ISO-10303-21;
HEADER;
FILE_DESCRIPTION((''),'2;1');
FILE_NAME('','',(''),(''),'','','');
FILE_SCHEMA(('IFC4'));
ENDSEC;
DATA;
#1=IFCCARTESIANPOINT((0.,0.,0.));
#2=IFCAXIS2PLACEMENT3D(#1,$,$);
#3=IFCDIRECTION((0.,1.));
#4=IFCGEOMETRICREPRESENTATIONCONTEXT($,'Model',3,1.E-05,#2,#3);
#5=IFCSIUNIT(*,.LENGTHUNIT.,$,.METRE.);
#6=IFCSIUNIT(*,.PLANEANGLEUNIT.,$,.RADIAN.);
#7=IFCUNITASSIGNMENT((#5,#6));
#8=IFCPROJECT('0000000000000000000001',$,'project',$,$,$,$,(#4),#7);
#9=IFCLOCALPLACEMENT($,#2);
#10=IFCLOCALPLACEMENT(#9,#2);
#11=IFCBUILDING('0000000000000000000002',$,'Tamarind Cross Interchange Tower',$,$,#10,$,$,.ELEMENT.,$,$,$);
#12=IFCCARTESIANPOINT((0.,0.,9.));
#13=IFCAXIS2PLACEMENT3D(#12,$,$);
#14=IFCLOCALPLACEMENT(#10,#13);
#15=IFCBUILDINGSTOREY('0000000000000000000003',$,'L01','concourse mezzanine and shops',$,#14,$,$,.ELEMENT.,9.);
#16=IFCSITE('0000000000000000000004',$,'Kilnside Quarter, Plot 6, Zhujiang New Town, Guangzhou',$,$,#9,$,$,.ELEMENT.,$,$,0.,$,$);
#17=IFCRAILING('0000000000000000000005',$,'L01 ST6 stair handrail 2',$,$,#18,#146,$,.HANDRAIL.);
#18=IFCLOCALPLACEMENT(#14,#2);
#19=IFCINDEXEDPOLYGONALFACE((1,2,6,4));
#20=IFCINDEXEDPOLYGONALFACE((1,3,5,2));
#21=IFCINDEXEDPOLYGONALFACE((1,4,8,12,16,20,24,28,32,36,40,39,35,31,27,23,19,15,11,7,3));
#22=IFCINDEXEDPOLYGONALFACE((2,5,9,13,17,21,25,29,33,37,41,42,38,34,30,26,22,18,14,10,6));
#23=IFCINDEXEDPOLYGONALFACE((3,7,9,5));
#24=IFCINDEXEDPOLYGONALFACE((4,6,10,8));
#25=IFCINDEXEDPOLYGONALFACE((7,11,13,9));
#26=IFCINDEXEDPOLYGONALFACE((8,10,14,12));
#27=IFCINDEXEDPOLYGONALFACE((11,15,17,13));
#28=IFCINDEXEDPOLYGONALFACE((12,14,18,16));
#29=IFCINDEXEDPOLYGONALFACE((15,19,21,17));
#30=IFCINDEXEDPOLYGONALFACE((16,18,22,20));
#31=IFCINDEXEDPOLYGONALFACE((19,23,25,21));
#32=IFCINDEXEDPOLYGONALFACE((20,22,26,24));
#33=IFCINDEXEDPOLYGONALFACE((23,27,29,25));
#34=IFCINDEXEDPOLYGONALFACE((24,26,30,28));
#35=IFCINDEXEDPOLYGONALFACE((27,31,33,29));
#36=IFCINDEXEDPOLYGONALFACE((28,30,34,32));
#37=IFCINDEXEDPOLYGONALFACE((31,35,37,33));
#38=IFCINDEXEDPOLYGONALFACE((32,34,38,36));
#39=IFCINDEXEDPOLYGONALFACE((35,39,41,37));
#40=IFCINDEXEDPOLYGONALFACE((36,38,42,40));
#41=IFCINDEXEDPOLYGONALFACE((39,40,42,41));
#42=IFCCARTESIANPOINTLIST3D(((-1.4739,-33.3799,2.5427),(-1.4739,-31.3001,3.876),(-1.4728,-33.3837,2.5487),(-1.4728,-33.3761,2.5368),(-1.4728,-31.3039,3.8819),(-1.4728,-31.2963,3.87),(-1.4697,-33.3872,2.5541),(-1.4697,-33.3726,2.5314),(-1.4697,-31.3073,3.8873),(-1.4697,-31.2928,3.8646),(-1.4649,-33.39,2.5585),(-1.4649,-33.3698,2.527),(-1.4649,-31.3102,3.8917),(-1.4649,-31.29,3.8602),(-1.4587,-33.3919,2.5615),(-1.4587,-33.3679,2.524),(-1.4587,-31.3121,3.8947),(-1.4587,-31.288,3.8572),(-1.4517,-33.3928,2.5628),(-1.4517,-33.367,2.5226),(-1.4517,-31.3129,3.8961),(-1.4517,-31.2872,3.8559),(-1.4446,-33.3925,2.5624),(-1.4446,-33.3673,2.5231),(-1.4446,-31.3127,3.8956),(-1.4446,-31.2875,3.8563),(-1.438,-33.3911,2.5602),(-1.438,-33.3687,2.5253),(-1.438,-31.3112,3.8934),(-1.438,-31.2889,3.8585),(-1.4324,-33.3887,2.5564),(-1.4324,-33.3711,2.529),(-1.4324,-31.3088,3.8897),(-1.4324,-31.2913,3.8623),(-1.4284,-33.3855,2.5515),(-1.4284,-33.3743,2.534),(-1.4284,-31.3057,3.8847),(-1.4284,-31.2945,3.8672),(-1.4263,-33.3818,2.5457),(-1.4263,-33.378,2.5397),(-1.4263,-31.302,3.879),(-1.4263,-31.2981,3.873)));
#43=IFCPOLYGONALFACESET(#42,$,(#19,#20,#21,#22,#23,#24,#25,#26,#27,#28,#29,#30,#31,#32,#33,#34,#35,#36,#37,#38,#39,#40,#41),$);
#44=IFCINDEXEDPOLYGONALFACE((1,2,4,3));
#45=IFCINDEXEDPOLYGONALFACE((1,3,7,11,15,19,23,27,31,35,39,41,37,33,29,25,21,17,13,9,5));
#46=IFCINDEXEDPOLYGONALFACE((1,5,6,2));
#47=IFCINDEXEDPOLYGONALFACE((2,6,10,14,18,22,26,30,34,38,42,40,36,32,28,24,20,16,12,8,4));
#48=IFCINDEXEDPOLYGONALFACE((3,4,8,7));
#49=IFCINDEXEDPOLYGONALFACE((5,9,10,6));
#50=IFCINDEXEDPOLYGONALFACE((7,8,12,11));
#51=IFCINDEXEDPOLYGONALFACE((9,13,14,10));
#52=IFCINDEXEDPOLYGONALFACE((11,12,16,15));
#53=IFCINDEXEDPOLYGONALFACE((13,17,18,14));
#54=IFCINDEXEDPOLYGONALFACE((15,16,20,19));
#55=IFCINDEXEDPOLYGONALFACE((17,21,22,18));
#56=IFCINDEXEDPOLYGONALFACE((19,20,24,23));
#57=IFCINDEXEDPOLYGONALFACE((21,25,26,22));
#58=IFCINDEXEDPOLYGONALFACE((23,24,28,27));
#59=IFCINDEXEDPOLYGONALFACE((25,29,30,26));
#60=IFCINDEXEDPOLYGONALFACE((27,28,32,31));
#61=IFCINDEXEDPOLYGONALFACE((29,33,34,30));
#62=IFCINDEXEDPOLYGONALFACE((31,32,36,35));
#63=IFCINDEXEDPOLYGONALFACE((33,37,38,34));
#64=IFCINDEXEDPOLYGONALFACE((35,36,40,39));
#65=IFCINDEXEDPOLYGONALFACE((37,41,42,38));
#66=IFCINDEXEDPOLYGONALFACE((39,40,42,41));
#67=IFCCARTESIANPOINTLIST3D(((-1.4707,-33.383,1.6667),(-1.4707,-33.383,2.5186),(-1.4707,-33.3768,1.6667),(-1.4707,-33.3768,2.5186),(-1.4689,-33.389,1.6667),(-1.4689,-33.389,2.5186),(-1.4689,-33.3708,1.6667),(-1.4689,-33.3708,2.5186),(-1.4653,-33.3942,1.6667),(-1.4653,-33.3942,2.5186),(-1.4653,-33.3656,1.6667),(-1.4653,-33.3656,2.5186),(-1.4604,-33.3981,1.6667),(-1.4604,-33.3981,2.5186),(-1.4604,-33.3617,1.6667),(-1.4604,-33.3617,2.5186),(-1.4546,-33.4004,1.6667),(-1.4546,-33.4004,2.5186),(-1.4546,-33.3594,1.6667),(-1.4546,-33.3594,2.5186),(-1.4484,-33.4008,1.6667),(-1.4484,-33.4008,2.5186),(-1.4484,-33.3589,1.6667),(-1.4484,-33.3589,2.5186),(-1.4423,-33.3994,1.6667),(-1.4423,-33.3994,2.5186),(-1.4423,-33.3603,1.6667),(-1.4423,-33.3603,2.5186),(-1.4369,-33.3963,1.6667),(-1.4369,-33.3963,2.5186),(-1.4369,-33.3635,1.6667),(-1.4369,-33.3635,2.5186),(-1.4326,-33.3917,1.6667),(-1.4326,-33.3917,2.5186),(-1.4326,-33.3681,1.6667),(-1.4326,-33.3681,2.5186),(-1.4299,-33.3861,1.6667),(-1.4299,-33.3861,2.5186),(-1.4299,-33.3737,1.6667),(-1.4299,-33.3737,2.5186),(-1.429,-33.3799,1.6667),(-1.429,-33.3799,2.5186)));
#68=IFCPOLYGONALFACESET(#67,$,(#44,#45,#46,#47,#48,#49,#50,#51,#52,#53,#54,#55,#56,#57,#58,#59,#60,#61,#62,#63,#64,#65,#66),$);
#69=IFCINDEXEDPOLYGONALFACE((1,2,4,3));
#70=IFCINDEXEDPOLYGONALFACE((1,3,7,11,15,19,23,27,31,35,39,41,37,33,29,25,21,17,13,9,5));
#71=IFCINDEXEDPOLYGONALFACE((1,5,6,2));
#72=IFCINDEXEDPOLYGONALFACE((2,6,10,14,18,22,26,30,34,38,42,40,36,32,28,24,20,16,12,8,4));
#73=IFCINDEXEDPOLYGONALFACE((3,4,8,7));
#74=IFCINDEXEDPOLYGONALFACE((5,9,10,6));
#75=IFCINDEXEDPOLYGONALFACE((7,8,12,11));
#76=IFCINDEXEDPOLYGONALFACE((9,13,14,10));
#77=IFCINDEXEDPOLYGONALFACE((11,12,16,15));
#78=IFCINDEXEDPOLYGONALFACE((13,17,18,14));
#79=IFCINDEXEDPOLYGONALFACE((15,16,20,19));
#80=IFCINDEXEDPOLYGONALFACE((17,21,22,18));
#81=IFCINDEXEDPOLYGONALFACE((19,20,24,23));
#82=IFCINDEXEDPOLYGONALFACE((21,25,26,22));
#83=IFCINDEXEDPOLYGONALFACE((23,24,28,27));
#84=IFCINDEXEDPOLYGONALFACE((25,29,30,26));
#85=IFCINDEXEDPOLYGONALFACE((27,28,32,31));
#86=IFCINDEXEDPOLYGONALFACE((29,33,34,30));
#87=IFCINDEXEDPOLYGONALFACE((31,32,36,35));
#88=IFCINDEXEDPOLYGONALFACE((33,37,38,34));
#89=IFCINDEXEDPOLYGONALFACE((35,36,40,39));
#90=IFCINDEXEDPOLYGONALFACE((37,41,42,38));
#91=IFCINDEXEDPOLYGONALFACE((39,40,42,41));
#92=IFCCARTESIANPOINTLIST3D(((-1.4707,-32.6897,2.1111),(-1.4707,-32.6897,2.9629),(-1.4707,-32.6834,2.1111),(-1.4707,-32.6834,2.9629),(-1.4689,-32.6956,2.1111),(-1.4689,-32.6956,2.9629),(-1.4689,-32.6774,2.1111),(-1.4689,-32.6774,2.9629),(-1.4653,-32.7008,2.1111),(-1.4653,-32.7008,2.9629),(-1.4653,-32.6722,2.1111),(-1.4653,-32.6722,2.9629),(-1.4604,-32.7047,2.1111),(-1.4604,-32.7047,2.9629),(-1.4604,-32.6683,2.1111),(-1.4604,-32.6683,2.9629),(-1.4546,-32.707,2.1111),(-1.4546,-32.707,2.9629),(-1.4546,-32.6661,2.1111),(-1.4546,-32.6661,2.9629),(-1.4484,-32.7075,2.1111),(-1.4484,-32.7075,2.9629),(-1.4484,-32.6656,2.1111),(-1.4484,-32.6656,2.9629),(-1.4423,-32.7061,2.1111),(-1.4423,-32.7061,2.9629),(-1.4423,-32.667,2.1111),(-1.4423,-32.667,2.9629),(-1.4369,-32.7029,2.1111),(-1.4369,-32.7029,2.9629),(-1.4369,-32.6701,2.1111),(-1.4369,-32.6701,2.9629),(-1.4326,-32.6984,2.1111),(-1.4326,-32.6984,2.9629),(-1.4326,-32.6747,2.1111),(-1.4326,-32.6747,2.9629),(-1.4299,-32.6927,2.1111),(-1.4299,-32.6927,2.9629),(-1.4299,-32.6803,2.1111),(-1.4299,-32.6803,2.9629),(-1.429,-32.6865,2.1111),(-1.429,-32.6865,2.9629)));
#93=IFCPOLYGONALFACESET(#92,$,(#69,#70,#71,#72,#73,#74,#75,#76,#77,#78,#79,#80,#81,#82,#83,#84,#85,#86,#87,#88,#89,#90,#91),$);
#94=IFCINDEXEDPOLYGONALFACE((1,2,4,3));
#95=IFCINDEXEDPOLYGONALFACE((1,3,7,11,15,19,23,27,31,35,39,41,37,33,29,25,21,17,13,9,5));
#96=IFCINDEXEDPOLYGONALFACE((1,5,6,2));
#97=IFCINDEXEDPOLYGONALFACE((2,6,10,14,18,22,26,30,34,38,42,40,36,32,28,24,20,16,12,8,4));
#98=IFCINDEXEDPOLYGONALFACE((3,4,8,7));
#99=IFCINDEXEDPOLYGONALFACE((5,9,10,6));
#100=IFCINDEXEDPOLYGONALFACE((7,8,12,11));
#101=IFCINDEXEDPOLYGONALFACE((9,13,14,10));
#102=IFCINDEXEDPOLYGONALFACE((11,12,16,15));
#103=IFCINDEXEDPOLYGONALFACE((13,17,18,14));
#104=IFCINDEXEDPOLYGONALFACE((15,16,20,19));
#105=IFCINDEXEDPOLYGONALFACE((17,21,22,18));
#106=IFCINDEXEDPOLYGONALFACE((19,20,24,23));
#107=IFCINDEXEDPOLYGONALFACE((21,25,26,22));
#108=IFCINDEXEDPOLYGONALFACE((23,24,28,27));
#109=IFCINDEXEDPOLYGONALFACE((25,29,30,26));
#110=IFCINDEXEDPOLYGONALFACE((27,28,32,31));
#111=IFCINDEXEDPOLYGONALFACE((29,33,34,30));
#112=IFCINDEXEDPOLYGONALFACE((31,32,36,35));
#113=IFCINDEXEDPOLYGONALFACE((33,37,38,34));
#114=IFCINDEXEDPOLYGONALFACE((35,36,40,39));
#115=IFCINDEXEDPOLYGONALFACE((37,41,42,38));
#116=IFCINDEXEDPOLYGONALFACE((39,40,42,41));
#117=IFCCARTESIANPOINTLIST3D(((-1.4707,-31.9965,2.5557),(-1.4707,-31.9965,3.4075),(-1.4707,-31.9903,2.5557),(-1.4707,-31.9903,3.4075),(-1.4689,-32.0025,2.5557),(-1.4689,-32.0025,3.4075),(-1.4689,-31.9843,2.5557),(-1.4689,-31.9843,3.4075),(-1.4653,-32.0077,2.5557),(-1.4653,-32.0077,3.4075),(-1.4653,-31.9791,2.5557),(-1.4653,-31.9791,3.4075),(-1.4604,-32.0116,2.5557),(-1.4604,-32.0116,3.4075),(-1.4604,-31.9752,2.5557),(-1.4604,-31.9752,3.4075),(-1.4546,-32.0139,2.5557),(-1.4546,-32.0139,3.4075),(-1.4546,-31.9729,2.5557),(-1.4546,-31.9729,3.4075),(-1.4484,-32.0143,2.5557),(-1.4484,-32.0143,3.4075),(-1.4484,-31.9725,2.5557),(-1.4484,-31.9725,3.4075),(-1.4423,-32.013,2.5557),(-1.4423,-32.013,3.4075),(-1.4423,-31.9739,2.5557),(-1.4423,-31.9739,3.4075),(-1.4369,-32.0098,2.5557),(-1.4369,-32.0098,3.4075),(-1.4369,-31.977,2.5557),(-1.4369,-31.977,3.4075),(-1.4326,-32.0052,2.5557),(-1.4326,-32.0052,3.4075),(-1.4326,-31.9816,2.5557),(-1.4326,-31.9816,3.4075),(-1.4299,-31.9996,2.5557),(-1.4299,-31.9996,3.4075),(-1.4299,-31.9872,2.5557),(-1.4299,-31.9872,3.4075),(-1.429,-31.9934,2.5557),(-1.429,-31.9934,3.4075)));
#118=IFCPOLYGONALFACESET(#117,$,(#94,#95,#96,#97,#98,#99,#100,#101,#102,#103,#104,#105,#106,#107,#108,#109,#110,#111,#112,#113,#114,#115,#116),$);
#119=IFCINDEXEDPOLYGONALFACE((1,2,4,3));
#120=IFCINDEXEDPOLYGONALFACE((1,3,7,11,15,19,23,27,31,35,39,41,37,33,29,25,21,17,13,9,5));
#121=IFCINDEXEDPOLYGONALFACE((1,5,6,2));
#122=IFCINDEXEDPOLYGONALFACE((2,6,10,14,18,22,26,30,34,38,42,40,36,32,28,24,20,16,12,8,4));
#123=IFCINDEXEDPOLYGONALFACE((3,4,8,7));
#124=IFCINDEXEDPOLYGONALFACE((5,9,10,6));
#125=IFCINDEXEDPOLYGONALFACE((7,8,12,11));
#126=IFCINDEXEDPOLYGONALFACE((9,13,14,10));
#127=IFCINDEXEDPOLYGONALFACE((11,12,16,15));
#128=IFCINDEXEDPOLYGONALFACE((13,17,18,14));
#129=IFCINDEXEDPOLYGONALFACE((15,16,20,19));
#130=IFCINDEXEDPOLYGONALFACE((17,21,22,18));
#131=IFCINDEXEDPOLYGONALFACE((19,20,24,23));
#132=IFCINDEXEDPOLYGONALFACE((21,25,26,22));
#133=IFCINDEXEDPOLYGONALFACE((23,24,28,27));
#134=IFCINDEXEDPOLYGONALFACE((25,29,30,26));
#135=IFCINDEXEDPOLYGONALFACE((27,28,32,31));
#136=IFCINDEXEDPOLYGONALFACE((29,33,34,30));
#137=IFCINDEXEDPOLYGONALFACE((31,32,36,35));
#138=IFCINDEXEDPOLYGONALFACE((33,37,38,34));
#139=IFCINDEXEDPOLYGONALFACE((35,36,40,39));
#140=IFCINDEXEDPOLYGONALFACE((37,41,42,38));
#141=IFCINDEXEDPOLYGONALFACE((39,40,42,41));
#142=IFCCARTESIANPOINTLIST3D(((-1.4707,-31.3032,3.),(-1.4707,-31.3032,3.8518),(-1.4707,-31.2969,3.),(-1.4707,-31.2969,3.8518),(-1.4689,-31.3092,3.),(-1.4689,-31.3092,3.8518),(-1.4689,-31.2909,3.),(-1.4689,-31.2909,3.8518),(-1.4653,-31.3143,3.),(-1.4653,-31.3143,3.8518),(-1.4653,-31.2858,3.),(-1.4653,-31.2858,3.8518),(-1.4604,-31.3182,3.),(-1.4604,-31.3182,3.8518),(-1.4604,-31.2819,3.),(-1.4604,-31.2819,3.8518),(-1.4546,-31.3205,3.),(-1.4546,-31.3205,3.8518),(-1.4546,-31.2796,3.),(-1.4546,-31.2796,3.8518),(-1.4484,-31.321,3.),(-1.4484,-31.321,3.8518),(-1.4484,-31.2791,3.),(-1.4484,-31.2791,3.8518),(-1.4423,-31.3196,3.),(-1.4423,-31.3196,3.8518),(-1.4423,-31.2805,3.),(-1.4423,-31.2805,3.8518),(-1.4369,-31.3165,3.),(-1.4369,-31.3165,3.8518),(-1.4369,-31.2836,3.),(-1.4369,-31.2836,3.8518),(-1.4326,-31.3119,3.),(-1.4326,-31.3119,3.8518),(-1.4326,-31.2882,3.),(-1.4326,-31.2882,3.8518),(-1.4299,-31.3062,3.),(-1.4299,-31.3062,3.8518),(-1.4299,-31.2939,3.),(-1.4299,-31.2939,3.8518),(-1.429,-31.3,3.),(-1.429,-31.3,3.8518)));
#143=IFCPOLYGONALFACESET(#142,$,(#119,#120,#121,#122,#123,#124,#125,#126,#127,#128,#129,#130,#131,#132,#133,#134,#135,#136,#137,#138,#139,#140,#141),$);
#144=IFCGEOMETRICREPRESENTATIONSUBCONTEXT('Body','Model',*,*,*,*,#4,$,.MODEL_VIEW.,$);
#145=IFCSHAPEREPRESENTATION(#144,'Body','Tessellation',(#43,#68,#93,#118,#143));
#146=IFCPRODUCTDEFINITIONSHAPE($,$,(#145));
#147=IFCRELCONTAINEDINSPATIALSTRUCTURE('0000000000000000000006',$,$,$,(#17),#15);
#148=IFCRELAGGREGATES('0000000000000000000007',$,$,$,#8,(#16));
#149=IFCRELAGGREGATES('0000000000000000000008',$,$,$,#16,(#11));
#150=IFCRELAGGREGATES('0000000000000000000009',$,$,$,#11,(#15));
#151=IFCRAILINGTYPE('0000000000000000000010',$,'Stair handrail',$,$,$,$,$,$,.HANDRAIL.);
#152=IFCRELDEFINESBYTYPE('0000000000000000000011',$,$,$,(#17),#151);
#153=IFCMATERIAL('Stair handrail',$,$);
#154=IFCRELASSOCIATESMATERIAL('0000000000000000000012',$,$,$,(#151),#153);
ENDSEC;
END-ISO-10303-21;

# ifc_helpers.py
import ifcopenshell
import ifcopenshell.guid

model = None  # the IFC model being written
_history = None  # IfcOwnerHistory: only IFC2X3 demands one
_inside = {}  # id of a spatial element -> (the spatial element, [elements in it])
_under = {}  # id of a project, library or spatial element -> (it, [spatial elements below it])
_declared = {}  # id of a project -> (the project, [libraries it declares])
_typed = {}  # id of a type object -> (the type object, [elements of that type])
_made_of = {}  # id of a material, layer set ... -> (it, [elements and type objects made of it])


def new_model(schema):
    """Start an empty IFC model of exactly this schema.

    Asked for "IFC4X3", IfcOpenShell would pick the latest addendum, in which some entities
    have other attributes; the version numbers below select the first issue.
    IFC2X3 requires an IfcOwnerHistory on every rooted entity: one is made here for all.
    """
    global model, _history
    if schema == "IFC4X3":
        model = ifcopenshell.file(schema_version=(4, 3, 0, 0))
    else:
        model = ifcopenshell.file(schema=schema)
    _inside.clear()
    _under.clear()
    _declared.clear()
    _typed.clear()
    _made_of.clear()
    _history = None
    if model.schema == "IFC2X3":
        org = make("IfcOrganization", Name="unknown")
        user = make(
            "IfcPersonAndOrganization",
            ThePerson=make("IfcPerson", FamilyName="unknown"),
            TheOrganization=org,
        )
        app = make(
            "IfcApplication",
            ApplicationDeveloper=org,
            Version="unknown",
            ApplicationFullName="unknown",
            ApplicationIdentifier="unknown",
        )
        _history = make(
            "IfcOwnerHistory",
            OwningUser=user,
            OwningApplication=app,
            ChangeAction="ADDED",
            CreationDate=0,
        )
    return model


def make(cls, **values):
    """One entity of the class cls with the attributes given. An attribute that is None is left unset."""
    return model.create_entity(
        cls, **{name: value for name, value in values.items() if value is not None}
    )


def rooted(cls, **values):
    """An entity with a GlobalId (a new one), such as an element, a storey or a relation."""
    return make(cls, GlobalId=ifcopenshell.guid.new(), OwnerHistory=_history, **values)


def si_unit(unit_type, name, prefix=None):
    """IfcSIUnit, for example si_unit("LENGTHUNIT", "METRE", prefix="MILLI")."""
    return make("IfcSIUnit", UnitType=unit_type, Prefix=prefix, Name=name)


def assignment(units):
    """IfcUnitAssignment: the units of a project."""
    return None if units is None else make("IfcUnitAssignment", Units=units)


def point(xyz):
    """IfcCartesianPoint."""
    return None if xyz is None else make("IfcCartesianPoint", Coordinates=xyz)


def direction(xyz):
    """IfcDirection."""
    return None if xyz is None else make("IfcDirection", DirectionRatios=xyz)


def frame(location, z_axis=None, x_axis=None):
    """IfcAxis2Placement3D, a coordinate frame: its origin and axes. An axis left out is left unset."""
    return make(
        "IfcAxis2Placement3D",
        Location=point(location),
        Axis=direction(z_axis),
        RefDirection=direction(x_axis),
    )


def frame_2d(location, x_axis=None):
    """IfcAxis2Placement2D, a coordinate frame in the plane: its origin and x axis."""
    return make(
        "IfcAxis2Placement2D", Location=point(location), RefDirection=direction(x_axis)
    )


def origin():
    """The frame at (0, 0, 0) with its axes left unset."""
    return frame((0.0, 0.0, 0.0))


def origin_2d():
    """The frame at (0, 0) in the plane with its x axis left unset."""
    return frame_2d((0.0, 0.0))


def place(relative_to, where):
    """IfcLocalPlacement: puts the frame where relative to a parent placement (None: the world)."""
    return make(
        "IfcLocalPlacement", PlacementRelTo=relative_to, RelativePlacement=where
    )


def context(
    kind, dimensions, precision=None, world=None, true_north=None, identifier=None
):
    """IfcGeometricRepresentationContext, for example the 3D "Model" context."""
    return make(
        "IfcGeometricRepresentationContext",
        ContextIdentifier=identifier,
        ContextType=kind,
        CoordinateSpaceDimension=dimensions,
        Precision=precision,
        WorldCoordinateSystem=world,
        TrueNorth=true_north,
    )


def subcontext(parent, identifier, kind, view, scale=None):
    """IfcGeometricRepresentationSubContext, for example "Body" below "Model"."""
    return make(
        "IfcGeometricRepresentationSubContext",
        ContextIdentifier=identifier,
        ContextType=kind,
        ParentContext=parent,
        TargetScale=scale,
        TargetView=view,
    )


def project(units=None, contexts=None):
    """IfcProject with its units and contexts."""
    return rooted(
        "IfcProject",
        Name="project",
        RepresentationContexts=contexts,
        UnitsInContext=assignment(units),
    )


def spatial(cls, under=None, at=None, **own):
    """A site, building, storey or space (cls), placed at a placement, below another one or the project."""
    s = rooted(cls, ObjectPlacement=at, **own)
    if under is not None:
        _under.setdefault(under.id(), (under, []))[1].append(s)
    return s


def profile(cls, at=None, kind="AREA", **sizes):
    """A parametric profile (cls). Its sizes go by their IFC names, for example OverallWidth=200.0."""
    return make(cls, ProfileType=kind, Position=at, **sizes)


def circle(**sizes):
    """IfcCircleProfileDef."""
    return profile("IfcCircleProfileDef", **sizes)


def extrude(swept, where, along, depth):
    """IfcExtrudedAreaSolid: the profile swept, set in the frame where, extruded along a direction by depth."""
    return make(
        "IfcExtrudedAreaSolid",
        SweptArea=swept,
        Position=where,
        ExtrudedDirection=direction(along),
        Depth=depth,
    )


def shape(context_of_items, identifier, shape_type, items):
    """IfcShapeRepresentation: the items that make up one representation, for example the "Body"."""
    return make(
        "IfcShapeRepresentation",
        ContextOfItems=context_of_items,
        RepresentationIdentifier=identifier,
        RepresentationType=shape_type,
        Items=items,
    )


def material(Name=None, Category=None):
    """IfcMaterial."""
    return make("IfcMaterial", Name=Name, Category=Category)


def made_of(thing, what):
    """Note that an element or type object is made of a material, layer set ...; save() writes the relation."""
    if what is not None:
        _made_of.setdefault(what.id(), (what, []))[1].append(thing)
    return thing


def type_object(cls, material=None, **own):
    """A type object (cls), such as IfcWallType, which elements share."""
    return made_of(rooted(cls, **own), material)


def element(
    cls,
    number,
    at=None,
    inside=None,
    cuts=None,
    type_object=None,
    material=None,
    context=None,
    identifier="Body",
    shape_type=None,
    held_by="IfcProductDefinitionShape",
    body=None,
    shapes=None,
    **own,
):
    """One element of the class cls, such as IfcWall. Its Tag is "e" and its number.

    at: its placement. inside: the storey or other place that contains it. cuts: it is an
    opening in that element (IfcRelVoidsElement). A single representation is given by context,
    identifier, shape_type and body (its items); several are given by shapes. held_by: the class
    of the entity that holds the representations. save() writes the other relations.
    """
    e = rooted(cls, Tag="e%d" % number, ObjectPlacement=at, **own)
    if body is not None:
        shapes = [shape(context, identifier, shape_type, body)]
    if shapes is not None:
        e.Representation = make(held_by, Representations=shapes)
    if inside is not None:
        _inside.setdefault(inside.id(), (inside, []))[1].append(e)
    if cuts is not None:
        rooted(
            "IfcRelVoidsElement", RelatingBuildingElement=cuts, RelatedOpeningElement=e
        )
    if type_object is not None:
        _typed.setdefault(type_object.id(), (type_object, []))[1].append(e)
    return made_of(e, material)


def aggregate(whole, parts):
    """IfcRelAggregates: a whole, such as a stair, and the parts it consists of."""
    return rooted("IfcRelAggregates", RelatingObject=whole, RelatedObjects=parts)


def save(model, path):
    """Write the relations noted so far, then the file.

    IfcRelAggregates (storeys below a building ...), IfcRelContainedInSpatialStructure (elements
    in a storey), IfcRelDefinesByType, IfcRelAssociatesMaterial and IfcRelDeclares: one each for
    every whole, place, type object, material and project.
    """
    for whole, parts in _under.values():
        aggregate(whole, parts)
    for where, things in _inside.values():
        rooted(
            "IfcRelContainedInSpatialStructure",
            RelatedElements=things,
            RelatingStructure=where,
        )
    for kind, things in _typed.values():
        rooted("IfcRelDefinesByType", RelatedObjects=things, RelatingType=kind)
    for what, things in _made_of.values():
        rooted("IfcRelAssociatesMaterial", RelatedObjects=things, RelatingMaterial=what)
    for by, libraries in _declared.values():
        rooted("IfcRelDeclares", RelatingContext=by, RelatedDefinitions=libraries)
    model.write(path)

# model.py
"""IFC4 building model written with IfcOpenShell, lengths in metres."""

from ifc_helpers import new_model, si_unit, direction, frame, origin, origin_2d, place, context, subcontext, project, spatial, circle, extrude, material, type_object, element, save


model = new_model("IFC4")

# Units and contexts
model_context = context("Model", 3, precision=1e-05, world=origin(), true_north=direction((0.0, 1.0)))
body_context = subcontext(model_context, "Body", "Model", "MODEL_VIEW")
ifc_project = project(units=[si_unit("LENGTHUNIT", "METRE"), si_unit("PLANEANGLEUNIT", "RADIAN")], contexts=[model_context])

# Site, building, storey
site_placement = place(None, origin())
site = spatial("IfcSite", under=ifc_project, at=site_placement, Name="Kilnside Quarter, Plot 6, Zhujiang New Town, Guangzhou", CompositionType="ELEMENT", RefElevation=0.0)
building_placement = place(site_placement, origin())
building = spatial("IfcBuilding", under=site, at=building_placement, Name="Tamarind Cross Interchange Tower", CompositionType="ELEMENT")
storey_placement = place(building_placement, frame((0.0, 0.0, 9.0)))
storey = spatial("IfcBuildingStorey", under=building, at=storey_placement, Name="L01", Description="concourse mezzanine and shops", CompositionType="ELEMENT", Elevation=9.0)

# Railing
ifc_material_1 = material(Name="Stair handrail")
railing_type_1 = type_object("IfcRailingType", Name="Stair handrail", PredefinedType="HANDRAIL", material=ifc_material_1)
railing_1_placement = place(storey_placement, frame((-1.45, -33.3799, 1.6667)))
element("IfcRailing", 1, at=railing_1_placement, inside=storey, type_object=railing_type_1, Name="L01 ST6 stair handrail 2", PredefinedType="HANDRAIL", context=body_context, shape_type="SweptSolid", body=[
    extrude(circle(Radius=0.0239, at=origin_2d()), frame((0.0, 0.0, 0.876), z_axis=(0.0, 0.841875, 0.539673), x_axis=(-1.0, 0.0, 0.0)), (0.0, 0.0, 1.0), 2.4705),
    extrude(circle(Radius=0.021, at=origin_2d()), origin(), (0.0, 0.0, 1.0), 0.8518),
    extrude(circle(Radius=0.021, at=origin_2d()), frame((0.0, 0.6934, 0.4443)), (0.0, 0.0, 1.0), 0.8518),
    extrude(circle(Radius=0.021, at=origin_2d()), frame((0.0, 1.3865, 0.8889)), (0.0, 0.0, 1.0), 0.8518),
    extrude(circle(Radius=0.021, at=origin_2d()), frame((0.0, 2.0798, 1.3333)), (0.0, 0.0, 1.0), 0.8518),
])

save(model, "model.ifc")
